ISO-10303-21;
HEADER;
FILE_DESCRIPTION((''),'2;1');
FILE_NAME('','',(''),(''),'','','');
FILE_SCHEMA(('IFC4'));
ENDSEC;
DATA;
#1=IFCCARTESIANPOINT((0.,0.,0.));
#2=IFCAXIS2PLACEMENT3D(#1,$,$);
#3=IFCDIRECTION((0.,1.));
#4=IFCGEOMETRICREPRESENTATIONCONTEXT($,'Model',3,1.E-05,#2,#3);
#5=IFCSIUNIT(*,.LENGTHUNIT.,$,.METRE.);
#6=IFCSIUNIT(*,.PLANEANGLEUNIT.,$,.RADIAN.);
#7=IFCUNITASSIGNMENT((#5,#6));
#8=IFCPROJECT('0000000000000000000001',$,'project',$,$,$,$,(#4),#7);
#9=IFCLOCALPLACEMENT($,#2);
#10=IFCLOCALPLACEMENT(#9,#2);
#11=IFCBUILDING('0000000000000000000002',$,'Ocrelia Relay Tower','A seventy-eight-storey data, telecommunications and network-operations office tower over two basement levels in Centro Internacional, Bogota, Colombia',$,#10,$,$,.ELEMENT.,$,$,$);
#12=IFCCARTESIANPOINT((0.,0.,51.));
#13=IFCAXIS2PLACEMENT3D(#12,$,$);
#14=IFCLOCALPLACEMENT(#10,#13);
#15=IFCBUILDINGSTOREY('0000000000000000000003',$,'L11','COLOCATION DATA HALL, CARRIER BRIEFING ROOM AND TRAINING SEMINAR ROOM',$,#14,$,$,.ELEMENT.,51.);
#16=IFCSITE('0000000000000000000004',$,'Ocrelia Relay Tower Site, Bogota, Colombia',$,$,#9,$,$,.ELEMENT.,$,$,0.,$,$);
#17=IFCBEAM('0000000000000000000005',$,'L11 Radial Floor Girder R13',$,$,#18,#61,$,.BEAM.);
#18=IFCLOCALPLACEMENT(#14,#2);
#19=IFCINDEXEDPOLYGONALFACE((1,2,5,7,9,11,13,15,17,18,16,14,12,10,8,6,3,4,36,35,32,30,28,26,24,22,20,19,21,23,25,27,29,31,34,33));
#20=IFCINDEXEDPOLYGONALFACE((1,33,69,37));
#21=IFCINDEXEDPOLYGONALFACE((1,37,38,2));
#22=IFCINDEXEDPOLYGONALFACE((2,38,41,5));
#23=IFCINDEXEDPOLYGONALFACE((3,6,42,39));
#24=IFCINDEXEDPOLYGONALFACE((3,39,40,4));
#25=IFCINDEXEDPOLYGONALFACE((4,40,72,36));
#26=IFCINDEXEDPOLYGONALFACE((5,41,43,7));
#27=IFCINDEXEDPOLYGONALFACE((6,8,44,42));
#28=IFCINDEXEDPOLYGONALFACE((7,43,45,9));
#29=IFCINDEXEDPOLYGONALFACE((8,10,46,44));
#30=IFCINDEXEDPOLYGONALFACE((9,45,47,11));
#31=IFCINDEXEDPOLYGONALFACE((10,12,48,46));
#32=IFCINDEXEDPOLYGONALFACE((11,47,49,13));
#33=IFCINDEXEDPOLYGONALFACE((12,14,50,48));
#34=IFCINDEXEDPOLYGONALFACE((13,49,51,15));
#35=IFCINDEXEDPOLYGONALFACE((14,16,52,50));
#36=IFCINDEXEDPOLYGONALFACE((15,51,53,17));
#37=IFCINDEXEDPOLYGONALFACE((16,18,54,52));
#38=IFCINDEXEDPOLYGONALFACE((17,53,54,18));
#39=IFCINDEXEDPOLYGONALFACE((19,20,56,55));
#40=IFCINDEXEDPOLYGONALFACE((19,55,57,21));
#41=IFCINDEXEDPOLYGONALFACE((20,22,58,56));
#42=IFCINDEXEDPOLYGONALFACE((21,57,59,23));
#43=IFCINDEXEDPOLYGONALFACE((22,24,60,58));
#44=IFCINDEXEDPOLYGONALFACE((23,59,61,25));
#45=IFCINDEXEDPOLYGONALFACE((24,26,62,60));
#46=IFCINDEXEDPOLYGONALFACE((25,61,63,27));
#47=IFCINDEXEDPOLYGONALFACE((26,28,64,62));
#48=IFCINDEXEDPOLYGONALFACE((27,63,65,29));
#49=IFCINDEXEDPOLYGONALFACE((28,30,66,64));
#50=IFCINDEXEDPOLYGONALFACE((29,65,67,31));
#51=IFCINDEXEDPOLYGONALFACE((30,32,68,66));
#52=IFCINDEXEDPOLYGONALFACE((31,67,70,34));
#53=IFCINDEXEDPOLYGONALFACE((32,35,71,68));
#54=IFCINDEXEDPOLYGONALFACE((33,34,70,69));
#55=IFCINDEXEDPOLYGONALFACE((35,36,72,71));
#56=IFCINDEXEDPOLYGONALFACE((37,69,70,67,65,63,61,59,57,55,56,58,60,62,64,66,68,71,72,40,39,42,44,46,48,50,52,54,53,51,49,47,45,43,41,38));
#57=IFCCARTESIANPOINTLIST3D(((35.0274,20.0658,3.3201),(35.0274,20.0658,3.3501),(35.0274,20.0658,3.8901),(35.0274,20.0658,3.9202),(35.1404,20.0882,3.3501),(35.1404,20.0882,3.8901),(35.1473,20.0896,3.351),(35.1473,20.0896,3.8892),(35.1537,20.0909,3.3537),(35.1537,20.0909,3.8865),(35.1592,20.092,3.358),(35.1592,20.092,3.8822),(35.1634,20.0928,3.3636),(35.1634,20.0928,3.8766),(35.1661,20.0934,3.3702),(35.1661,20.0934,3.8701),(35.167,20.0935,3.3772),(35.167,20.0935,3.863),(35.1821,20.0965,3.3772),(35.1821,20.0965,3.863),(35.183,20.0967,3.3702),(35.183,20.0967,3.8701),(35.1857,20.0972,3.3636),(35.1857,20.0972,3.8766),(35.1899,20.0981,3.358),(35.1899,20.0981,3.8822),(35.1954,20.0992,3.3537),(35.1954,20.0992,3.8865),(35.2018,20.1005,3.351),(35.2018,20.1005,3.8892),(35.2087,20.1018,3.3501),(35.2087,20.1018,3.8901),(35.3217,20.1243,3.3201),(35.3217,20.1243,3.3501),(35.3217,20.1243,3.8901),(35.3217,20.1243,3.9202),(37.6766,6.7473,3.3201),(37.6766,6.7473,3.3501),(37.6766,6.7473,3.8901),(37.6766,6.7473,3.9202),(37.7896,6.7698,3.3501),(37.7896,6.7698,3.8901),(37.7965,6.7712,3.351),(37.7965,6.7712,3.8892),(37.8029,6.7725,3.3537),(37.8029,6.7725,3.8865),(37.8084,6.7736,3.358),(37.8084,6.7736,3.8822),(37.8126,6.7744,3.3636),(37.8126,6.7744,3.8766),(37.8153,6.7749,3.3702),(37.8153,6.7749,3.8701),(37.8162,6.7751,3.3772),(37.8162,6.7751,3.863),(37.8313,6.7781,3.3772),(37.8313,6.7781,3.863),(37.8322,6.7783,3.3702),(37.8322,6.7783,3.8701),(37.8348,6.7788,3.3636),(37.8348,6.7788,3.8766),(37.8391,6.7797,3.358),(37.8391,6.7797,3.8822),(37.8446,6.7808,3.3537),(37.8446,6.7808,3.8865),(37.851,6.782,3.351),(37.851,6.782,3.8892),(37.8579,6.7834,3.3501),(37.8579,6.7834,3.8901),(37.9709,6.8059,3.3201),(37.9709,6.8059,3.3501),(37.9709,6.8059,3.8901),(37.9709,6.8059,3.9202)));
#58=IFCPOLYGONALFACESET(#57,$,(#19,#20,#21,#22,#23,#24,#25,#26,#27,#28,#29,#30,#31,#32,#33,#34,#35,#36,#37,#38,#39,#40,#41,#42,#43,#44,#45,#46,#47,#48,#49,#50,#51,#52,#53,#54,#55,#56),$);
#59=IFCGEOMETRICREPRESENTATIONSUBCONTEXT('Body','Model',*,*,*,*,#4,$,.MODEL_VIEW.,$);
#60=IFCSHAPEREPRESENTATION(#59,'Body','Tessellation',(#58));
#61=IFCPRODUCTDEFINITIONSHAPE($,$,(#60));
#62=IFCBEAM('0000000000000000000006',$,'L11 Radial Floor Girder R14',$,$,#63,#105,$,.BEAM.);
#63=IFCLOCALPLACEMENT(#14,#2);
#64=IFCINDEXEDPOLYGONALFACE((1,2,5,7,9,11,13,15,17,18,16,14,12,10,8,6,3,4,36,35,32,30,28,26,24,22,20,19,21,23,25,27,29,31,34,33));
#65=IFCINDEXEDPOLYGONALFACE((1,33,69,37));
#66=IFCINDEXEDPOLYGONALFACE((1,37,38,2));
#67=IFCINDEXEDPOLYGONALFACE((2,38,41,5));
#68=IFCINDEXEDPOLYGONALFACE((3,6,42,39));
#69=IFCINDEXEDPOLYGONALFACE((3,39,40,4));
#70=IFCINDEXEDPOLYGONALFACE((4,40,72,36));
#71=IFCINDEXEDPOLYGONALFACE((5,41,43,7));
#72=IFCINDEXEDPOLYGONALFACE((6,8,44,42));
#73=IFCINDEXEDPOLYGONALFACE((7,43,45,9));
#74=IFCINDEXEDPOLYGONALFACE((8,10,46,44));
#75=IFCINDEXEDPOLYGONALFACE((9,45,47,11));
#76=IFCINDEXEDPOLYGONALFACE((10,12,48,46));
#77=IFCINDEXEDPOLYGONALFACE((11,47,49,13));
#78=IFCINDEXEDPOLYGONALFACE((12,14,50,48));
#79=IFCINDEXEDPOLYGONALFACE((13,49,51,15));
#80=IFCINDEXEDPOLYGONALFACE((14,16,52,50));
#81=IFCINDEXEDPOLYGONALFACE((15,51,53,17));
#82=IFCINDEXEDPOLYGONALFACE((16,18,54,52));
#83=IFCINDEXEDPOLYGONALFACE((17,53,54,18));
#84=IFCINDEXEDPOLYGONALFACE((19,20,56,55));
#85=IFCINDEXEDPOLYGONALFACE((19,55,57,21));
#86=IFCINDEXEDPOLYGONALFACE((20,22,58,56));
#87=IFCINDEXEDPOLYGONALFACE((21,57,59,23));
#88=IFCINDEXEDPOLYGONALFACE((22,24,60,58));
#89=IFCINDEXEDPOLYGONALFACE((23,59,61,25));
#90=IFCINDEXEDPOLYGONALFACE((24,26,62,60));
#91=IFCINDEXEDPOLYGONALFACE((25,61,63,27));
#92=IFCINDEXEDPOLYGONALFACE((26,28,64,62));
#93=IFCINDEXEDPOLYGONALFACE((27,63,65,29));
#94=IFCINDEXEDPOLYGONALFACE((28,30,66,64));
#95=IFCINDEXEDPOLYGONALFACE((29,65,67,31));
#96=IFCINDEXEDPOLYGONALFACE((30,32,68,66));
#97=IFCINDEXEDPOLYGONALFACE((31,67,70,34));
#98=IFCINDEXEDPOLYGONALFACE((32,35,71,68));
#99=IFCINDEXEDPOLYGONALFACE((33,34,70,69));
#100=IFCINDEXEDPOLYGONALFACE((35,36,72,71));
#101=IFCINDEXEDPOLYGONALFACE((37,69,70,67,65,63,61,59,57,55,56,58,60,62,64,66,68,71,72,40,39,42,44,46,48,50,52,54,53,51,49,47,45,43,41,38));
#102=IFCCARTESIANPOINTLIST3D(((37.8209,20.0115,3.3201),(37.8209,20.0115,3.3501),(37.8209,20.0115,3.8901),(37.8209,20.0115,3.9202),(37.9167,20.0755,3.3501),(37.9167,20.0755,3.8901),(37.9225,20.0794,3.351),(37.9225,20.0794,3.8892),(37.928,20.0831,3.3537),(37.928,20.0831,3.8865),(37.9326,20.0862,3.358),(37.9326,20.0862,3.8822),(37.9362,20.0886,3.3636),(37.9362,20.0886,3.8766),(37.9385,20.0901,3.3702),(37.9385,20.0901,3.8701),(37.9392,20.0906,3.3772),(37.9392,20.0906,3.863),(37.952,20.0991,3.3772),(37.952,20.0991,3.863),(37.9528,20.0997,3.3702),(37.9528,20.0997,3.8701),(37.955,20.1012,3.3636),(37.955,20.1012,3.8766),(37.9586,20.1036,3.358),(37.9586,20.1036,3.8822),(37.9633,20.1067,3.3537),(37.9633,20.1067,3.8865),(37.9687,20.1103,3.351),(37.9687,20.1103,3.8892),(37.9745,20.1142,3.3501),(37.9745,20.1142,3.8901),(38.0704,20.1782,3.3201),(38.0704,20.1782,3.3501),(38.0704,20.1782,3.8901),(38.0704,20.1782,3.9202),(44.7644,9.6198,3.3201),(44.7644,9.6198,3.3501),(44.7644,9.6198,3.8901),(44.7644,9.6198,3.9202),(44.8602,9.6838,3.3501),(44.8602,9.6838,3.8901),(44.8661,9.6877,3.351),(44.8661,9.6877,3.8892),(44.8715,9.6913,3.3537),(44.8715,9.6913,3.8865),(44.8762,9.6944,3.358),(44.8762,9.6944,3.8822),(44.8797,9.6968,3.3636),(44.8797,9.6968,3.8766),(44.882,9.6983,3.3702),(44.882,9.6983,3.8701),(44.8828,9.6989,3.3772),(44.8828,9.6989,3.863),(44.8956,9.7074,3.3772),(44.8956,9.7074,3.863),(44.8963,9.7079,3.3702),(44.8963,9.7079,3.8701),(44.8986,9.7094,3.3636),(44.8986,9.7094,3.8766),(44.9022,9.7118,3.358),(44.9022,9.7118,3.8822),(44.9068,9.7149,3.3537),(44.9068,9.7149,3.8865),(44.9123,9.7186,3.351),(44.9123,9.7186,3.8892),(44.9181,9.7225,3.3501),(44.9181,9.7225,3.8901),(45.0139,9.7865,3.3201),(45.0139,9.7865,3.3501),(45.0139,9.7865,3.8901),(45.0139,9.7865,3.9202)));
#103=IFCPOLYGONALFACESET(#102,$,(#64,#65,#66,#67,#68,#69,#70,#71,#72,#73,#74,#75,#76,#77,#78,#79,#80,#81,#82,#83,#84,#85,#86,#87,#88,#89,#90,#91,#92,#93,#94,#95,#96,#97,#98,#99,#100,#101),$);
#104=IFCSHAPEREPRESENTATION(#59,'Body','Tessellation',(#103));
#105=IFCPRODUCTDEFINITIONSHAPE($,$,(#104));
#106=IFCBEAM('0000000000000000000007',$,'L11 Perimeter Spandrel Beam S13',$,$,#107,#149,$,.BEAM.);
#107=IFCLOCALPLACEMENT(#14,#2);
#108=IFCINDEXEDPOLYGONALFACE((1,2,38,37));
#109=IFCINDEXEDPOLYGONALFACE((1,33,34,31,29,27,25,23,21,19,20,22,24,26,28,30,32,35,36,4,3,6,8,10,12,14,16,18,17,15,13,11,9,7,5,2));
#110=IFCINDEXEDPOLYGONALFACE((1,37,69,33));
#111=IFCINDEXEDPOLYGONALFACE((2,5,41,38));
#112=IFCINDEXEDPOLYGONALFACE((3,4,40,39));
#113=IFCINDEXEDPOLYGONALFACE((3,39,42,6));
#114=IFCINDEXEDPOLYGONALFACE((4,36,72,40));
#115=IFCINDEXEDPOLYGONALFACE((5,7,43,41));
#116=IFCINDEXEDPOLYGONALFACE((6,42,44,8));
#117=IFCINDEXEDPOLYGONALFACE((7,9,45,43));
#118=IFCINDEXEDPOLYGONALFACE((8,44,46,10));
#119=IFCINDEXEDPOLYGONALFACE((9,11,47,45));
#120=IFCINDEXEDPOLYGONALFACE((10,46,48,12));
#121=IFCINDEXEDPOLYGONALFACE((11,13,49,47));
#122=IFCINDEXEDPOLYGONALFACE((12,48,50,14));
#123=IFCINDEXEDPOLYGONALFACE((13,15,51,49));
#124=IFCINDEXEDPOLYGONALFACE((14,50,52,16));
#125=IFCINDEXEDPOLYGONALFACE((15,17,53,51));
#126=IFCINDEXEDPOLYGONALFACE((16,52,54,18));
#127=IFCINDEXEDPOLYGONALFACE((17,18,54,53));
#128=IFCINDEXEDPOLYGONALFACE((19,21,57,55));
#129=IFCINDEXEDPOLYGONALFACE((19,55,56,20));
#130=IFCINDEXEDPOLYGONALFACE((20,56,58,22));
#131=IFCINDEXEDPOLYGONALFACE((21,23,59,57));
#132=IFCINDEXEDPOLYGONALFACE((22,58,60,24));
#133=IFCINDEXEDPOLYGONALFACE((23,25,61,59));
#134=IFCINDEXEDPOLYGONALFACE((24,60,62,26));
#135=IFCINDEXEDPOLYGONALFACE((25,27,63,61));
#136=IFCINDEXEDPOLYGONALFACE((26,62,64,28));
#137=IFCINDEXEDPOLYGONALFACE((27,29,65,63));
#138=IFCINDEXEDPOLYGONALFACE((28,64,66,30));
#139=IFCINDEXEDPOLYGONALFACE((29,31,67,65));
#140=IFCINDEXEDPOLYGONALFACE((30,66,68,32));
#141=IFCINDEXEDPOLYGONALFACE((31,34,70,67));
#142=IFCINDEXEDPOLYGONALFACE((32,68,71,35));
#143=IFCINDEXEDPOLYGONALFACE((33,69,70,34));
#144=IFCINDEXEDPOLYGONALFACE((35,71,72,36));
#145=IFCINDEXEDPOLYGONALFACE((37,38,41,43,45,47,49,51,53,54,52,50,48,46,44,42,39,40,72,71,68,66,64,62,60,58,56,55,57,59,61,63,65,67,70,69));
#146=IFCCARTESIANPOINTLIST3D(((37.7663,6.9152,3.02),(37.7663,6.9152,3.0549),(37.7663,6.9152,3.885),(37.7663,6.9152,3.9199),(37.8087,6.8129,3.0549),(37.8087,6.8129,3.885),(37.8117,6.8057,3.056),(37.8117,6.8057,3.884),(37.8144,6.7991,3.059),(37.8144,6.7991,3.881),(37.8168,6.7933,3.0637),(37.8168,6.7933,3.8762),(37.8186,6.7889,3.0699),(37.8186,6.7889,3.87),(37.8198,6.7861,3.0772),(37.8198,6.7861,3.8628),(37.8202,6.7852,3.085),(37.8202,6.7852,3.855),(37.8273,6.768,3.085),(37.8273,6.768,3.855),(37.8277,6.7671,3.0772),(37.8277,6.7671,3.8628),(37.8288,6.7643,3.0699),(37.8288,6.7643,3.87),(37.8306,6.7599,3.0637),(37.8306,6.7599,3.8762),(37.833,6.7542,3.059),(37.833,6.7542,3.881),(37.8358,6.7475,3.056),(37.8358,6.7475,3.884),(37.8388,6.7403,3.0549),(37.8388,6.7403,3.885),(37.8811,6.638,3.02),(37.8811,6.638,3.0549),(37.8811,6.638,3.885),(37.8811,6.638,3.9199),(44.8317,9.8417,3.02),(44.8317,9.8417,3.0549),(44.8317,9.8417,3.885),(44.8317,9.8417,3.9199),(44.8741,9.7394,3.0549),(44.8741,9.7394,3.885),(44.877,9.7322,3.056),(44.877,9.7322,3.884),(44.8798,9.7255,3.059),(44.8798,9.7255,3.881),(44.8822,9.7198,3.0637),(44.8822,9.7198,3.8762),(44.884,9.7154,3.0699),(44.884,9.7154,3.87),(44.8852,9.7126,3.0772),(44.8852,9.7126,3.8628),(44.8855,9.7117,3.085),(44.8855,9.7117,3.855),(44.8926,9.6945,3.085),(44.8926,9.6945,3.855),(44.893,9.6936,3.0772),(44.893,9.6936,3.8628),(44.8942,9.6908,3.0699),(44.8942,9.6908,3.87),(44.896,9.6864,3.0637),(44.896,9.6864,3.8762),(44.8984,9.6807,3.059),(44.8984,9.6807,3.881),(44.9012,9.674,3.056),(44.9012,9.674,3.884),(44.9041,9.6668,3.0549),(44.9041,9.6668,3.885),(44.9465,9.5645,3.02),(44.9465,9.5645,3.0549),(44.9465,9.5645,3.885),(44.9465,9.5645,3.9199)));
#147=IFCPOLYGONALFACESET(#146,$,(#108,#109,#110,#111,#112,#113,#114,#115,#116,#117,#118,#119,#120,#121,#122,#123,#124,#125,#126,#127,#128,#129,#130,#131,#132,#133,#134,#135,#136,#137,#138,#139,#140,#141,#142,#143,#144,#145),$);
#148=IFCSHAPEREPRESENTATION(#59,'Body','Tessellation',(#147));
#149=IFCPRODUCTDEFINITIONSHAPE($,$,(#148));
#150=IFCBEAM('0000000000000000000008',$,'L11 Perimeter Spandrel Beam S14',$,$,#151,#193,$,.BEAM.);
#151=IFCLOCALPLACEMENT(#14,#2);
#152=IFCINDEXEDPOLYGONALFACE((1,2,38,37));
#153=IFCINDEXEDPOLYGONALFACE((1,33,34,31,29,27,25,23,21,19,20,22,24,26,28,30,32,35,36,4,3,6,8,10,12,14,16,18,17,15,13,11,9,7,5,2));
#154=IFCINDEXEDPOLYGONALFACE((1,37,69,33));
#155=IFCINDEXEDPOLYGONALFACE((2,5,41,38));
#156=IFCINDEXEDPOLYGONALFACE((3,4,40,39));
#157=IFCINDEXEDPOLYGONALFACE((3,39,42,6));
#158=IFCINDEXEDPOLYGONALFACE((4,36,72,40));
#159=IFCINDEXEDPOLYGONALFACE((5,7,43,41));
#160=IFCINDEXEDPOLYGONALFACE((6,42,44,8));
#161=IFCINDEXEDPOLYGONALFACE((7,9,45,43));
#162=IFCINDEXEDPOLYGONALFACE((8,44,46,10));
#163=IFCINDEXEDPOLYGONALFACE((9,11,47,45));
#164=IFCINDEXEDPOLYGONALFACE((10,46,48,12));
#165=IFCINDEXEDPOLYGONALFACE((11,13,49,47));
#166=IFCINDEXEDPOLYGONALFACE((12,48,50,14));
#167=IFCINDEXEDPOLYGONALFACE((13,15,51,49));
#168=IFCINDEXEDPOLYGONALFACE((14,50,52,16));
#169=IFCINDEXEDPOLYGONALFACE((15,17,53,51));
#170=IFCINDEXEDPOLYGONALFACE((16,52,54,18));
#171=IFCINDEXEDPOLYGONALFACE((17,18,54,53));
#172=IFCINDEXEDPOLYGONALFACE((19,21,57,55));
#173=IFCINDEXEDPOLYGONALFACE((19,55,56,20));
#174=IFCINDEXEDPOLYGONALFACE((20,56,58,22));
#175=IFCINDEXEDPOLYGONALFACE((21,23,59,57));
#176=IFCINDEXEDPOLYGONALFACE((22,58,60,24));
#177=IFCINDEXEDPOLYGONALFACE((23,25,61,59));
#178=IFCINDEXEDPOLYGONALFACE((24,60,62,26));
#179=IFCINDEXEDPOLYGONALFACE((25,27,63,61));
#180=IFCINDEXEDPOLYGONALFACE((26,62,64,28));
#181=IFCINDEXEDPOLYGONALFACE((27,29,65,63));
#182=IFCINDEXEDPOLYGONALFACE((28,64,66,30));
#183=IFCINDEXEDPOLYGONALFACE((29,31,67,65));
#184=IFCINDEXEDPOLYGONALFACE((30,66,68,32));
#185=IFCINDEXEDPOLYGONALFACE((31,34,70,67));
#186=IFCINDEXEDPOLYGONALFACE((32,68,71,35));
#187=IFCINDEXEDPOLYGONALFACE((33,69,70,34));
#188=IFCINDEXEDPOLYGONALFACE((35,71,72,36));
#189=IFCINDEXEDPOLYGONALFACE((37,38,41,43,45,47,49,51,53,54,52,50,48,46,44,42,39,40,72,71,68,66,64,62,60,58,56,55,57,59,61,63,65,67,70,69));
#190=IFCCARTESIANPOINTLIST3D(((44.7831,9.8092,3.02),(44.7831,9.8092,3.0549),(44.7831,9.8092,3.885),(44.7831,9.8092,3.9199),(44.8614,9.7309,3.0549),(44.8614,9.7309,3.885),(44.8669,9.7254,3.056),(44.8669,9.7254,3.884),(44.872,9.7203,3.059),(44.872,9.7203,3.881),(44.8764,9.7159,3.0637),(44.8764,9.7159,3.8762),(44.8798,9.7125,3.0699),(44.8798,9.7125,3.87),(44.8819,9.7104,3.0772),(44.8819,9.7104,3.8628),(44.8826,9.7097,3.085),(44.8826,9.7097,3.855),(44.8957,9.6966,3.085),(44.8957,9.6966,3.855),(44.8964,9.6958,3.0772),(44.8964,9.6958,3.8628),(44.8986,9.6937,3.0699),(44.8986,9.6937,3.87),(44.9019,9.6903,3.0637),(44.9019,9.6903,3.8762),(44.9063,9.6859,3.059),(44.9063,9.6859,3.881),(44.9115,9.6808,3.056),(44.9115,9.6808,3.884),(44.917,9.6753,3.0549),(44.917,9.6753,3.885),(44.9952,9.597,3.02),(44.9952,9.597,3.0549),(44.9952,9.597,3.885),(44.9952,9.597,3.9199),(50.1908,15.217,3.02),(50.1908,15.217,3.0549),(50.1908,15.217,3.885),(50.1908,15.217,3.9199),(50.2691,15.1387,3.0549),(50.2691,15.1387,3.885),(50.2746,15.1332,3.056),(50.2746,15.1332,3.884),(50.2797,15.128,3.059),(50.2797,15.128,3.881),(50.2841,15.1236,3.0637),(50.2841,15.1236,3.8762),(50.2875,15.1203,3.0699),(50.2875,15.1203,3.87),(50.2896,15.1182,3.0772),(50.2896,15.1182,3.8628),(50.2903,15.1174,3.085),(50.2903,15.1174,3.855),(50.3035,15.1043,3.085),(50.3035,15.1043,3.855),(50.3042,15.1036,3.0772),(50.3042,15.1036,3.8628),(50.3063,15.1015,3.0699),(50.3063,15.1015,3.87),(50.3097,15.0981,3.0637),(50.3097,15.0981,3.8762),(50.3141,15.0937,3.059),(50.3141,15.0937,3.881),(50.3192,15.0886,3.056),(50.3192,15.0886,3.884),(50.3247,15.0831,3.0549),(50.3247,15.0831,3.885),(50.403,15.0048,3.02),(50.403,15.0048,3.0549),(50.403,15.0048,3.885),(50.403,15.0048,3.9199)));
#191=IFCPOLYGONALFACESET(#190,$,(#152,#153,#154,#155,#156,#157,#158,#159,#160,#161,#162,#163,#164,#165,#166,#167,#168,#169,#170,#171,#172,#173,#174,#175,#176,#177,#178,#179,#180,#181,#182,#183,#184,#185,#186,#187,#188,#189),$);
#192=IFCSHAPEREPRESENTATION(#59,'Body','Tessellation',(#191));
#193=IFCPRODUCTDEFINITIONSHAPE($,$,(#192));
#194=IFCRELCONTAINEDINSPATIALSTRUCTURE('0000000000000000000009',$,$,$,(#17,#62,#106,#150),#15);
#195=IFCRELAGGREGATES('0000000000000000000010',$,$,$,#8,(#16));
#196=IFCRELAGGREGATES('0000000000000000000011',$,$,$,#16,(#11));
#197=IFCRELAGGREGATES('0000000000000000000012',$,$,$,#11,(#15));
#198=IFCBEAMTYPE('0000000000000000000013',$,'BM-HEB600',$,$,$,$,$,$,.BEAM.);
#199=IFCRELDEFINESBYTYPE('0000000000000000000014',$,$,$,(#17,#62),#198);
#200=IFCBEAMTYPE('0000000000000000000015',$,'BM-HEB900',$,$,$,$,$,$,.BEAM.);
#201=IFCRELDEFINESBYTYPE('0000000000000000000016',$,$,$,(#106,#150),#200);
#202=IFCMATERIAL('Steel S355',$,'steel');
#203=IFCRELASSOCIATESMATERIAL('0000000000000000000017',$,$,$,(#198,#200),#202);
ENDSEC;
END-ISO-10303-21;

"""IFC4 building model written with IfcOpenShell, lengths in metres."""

from ifc_helpers import new_model, si_unit, direction, frame, origin, origin_2d, place, context, subcontext, project, spatial, i_section, extrude, material, material_profile, profile_set, type_object, element, save


model = new_model("IFC4")

# Units and contexts
model_context = context("Model", 3, precision=1e-05, world=origin(), true_north=direction((0.0, 1.0)))
body_context = subcontext(model_context, "Body", "Model", "MODEL_VIEW")
ifc_project = project(units=[si_unit("LENGTHUNIT", "METRE"), si_unit("PLANEANGLEUNIT", "RADIAN")], contexts=[model_context])

# Site, building, storey
site_placement = place(None, origin())
site = spatial("IfcSite", under=ifc_project, at=site_placement, Name="Ocrelia Relay Tower Site, Bogota, Colombia", CompositionType="ELEMENT", RefElevation=0.0)
building_placement = place(site_placement, origin())
building = spatial("IfcBuilding", under=site, at=building_placement, Name="Ocrelia Relay Tower", Description="A seventy-eight-storey data, telecommunications and network-operations office tower over two basement levels in Centro Internacional, Bogota, Colombia", CompositionType="ELEMENT")
storey_placement = place(building_placement, frame((0.0, 0.0, 51.0)))
storey = spatial("IfcBuildingStorey", under=building, at=storey_placement, Name="L11", Description="COLOCATION DATA HALL, CARRIER BRIEFING ROOM AND TRAINING SEMINAR ROOM", CompositionType="ELEMENT", Elevation=51.0)

# Beams
ifc_material_1 = material(Name="Steel S355", Category="steel")
ifc_material_profile_1 = material_profile(ifc_material_1, i_section(OverallWidth=0.3, OverallDepth=0.6001, WebThickness=0.0154, FlangeThickness=0.03, FilletRadius=0.0271, at=origin_2d()), Name="HEB 600")
ifc_profile_set_1 = profile_set([ifc_material_profile_1], Name="Steel S355")
beam_type_1 = type_object("IfcBeamType", Name="BM-HEB600", PredefinedType="BEAM", material=ifc_profile_set_1)
beam_1_placement = place(storey_placement, frame((37.8237, 6.7766, 3.6201), z_axis=(-0.195089, 0.980786, 0.0), x_axis=(-0.980786, -0.195089, 0.0)))
element("IfcBeam", 1, at=beam_1_placement, inside=storey, type_object=beam_type_1, Name="L11 Radial Floor Girder R13", PredefinedType="BEAM", context=body_context, shape_type="SweptSolid", body=[
    extrude(i_section(OverallWidth=0.3, OverallDepth=0.6001, WebThickness=0.0154, FlangeThickness=0.03, FilletRadius=0.0271, at=origin_2d()), origin(), (0.0, 0.0, 1.0), 13.5793),
])
beam_2_placement = place(storey_placement, frame((44.8892, 9.7031, 3.6201), z_axis=(-0.55557, 0.83147, 0.0), x_axis=(-0.83147, -0.55557, 0.0)))
element("IfcBeam", 2, at=beam_2_placement, inside=storey, type_object=beam_type_1, Name="L11 Radial Floor Girder R14", PredefinedType="BEAM", context=body_context, shape_type="SweptSolid", body=[
    extrude(i_section(OverallWidth=0.3, OverallDepth=0.6001, WebThickness=0.0154, FlangeThickness=0.03, FilletRadius=0.0271, at=origin_2d()), origin(), (0.0, 0.0, 1.0), 12.498),
])
ifc_material_profile_2 = material_profile(ifc_material_1, i_section(OverallWidth=0.3, OverallDepth=0.8999, WebThickness=0.0186, FlangeThickness=0.0349, FilletRadius=0.03, at=origin_2d()), Name="HEB 900")
ifc_profile_set_2 = profile_set([ifc_material_profile_2], Name="Steel S355")
beam_type_2 = type_object("IfcBeamType", Name="BM-HEB900", PredefinedType="BEAM", material=ifc_profile_set_2)
beam_3_placement = place(storey_placement, frame((37.8237, 6.7766, 3.47), z_axis=(0.923883, 0.382674, 0.0), x_axis=(-0.382674, 0.923883, 0.0)))
element("IfcBeam", 3, at=beam_3_placement, inside=storey, type_object=beam_type_2, Name="L11 Perimeter Spandrel Beam S13", PredefinedType="BEAM", context=body_context, shape_type="SweptSolid", body=[
    extrude(i_section(OverallWidth=0.3, OverallDepth=0.8999, WebThickness=0.0186, FlangeThickness=0.0349, FilletRadius=0.03, at=origin_2d()), origin(), (0.0, 0.0, 1.0), 7.6475),
])
beam_4_placement = place(storey_placement, frame((44.8892, 9.7031, 3.47), z_axis=(0.707107, 0.707107, 0.0), x_axis=(-0.707107, 0.707107, 0.0)))
element("IfcBeam", 4, at=beam_4_placement, inside=storey, type_object=beam_type_2, Name="L11 Perimeter Spandrel Beam S14", PredefinedType="BEAM", context=body_context, shape_type="SweptSolid", body=[
    extrude(i_section(OverallWidth=0.3, OverallDepth=0.8999, WebThickness=0.0186, FlangeThickness=0.0349, FilletRadius=0.03, at=origin_2d()), origin(), (0.0, 0.0, 1.0), 7.6477),
])

save(model, "model.ifc")
